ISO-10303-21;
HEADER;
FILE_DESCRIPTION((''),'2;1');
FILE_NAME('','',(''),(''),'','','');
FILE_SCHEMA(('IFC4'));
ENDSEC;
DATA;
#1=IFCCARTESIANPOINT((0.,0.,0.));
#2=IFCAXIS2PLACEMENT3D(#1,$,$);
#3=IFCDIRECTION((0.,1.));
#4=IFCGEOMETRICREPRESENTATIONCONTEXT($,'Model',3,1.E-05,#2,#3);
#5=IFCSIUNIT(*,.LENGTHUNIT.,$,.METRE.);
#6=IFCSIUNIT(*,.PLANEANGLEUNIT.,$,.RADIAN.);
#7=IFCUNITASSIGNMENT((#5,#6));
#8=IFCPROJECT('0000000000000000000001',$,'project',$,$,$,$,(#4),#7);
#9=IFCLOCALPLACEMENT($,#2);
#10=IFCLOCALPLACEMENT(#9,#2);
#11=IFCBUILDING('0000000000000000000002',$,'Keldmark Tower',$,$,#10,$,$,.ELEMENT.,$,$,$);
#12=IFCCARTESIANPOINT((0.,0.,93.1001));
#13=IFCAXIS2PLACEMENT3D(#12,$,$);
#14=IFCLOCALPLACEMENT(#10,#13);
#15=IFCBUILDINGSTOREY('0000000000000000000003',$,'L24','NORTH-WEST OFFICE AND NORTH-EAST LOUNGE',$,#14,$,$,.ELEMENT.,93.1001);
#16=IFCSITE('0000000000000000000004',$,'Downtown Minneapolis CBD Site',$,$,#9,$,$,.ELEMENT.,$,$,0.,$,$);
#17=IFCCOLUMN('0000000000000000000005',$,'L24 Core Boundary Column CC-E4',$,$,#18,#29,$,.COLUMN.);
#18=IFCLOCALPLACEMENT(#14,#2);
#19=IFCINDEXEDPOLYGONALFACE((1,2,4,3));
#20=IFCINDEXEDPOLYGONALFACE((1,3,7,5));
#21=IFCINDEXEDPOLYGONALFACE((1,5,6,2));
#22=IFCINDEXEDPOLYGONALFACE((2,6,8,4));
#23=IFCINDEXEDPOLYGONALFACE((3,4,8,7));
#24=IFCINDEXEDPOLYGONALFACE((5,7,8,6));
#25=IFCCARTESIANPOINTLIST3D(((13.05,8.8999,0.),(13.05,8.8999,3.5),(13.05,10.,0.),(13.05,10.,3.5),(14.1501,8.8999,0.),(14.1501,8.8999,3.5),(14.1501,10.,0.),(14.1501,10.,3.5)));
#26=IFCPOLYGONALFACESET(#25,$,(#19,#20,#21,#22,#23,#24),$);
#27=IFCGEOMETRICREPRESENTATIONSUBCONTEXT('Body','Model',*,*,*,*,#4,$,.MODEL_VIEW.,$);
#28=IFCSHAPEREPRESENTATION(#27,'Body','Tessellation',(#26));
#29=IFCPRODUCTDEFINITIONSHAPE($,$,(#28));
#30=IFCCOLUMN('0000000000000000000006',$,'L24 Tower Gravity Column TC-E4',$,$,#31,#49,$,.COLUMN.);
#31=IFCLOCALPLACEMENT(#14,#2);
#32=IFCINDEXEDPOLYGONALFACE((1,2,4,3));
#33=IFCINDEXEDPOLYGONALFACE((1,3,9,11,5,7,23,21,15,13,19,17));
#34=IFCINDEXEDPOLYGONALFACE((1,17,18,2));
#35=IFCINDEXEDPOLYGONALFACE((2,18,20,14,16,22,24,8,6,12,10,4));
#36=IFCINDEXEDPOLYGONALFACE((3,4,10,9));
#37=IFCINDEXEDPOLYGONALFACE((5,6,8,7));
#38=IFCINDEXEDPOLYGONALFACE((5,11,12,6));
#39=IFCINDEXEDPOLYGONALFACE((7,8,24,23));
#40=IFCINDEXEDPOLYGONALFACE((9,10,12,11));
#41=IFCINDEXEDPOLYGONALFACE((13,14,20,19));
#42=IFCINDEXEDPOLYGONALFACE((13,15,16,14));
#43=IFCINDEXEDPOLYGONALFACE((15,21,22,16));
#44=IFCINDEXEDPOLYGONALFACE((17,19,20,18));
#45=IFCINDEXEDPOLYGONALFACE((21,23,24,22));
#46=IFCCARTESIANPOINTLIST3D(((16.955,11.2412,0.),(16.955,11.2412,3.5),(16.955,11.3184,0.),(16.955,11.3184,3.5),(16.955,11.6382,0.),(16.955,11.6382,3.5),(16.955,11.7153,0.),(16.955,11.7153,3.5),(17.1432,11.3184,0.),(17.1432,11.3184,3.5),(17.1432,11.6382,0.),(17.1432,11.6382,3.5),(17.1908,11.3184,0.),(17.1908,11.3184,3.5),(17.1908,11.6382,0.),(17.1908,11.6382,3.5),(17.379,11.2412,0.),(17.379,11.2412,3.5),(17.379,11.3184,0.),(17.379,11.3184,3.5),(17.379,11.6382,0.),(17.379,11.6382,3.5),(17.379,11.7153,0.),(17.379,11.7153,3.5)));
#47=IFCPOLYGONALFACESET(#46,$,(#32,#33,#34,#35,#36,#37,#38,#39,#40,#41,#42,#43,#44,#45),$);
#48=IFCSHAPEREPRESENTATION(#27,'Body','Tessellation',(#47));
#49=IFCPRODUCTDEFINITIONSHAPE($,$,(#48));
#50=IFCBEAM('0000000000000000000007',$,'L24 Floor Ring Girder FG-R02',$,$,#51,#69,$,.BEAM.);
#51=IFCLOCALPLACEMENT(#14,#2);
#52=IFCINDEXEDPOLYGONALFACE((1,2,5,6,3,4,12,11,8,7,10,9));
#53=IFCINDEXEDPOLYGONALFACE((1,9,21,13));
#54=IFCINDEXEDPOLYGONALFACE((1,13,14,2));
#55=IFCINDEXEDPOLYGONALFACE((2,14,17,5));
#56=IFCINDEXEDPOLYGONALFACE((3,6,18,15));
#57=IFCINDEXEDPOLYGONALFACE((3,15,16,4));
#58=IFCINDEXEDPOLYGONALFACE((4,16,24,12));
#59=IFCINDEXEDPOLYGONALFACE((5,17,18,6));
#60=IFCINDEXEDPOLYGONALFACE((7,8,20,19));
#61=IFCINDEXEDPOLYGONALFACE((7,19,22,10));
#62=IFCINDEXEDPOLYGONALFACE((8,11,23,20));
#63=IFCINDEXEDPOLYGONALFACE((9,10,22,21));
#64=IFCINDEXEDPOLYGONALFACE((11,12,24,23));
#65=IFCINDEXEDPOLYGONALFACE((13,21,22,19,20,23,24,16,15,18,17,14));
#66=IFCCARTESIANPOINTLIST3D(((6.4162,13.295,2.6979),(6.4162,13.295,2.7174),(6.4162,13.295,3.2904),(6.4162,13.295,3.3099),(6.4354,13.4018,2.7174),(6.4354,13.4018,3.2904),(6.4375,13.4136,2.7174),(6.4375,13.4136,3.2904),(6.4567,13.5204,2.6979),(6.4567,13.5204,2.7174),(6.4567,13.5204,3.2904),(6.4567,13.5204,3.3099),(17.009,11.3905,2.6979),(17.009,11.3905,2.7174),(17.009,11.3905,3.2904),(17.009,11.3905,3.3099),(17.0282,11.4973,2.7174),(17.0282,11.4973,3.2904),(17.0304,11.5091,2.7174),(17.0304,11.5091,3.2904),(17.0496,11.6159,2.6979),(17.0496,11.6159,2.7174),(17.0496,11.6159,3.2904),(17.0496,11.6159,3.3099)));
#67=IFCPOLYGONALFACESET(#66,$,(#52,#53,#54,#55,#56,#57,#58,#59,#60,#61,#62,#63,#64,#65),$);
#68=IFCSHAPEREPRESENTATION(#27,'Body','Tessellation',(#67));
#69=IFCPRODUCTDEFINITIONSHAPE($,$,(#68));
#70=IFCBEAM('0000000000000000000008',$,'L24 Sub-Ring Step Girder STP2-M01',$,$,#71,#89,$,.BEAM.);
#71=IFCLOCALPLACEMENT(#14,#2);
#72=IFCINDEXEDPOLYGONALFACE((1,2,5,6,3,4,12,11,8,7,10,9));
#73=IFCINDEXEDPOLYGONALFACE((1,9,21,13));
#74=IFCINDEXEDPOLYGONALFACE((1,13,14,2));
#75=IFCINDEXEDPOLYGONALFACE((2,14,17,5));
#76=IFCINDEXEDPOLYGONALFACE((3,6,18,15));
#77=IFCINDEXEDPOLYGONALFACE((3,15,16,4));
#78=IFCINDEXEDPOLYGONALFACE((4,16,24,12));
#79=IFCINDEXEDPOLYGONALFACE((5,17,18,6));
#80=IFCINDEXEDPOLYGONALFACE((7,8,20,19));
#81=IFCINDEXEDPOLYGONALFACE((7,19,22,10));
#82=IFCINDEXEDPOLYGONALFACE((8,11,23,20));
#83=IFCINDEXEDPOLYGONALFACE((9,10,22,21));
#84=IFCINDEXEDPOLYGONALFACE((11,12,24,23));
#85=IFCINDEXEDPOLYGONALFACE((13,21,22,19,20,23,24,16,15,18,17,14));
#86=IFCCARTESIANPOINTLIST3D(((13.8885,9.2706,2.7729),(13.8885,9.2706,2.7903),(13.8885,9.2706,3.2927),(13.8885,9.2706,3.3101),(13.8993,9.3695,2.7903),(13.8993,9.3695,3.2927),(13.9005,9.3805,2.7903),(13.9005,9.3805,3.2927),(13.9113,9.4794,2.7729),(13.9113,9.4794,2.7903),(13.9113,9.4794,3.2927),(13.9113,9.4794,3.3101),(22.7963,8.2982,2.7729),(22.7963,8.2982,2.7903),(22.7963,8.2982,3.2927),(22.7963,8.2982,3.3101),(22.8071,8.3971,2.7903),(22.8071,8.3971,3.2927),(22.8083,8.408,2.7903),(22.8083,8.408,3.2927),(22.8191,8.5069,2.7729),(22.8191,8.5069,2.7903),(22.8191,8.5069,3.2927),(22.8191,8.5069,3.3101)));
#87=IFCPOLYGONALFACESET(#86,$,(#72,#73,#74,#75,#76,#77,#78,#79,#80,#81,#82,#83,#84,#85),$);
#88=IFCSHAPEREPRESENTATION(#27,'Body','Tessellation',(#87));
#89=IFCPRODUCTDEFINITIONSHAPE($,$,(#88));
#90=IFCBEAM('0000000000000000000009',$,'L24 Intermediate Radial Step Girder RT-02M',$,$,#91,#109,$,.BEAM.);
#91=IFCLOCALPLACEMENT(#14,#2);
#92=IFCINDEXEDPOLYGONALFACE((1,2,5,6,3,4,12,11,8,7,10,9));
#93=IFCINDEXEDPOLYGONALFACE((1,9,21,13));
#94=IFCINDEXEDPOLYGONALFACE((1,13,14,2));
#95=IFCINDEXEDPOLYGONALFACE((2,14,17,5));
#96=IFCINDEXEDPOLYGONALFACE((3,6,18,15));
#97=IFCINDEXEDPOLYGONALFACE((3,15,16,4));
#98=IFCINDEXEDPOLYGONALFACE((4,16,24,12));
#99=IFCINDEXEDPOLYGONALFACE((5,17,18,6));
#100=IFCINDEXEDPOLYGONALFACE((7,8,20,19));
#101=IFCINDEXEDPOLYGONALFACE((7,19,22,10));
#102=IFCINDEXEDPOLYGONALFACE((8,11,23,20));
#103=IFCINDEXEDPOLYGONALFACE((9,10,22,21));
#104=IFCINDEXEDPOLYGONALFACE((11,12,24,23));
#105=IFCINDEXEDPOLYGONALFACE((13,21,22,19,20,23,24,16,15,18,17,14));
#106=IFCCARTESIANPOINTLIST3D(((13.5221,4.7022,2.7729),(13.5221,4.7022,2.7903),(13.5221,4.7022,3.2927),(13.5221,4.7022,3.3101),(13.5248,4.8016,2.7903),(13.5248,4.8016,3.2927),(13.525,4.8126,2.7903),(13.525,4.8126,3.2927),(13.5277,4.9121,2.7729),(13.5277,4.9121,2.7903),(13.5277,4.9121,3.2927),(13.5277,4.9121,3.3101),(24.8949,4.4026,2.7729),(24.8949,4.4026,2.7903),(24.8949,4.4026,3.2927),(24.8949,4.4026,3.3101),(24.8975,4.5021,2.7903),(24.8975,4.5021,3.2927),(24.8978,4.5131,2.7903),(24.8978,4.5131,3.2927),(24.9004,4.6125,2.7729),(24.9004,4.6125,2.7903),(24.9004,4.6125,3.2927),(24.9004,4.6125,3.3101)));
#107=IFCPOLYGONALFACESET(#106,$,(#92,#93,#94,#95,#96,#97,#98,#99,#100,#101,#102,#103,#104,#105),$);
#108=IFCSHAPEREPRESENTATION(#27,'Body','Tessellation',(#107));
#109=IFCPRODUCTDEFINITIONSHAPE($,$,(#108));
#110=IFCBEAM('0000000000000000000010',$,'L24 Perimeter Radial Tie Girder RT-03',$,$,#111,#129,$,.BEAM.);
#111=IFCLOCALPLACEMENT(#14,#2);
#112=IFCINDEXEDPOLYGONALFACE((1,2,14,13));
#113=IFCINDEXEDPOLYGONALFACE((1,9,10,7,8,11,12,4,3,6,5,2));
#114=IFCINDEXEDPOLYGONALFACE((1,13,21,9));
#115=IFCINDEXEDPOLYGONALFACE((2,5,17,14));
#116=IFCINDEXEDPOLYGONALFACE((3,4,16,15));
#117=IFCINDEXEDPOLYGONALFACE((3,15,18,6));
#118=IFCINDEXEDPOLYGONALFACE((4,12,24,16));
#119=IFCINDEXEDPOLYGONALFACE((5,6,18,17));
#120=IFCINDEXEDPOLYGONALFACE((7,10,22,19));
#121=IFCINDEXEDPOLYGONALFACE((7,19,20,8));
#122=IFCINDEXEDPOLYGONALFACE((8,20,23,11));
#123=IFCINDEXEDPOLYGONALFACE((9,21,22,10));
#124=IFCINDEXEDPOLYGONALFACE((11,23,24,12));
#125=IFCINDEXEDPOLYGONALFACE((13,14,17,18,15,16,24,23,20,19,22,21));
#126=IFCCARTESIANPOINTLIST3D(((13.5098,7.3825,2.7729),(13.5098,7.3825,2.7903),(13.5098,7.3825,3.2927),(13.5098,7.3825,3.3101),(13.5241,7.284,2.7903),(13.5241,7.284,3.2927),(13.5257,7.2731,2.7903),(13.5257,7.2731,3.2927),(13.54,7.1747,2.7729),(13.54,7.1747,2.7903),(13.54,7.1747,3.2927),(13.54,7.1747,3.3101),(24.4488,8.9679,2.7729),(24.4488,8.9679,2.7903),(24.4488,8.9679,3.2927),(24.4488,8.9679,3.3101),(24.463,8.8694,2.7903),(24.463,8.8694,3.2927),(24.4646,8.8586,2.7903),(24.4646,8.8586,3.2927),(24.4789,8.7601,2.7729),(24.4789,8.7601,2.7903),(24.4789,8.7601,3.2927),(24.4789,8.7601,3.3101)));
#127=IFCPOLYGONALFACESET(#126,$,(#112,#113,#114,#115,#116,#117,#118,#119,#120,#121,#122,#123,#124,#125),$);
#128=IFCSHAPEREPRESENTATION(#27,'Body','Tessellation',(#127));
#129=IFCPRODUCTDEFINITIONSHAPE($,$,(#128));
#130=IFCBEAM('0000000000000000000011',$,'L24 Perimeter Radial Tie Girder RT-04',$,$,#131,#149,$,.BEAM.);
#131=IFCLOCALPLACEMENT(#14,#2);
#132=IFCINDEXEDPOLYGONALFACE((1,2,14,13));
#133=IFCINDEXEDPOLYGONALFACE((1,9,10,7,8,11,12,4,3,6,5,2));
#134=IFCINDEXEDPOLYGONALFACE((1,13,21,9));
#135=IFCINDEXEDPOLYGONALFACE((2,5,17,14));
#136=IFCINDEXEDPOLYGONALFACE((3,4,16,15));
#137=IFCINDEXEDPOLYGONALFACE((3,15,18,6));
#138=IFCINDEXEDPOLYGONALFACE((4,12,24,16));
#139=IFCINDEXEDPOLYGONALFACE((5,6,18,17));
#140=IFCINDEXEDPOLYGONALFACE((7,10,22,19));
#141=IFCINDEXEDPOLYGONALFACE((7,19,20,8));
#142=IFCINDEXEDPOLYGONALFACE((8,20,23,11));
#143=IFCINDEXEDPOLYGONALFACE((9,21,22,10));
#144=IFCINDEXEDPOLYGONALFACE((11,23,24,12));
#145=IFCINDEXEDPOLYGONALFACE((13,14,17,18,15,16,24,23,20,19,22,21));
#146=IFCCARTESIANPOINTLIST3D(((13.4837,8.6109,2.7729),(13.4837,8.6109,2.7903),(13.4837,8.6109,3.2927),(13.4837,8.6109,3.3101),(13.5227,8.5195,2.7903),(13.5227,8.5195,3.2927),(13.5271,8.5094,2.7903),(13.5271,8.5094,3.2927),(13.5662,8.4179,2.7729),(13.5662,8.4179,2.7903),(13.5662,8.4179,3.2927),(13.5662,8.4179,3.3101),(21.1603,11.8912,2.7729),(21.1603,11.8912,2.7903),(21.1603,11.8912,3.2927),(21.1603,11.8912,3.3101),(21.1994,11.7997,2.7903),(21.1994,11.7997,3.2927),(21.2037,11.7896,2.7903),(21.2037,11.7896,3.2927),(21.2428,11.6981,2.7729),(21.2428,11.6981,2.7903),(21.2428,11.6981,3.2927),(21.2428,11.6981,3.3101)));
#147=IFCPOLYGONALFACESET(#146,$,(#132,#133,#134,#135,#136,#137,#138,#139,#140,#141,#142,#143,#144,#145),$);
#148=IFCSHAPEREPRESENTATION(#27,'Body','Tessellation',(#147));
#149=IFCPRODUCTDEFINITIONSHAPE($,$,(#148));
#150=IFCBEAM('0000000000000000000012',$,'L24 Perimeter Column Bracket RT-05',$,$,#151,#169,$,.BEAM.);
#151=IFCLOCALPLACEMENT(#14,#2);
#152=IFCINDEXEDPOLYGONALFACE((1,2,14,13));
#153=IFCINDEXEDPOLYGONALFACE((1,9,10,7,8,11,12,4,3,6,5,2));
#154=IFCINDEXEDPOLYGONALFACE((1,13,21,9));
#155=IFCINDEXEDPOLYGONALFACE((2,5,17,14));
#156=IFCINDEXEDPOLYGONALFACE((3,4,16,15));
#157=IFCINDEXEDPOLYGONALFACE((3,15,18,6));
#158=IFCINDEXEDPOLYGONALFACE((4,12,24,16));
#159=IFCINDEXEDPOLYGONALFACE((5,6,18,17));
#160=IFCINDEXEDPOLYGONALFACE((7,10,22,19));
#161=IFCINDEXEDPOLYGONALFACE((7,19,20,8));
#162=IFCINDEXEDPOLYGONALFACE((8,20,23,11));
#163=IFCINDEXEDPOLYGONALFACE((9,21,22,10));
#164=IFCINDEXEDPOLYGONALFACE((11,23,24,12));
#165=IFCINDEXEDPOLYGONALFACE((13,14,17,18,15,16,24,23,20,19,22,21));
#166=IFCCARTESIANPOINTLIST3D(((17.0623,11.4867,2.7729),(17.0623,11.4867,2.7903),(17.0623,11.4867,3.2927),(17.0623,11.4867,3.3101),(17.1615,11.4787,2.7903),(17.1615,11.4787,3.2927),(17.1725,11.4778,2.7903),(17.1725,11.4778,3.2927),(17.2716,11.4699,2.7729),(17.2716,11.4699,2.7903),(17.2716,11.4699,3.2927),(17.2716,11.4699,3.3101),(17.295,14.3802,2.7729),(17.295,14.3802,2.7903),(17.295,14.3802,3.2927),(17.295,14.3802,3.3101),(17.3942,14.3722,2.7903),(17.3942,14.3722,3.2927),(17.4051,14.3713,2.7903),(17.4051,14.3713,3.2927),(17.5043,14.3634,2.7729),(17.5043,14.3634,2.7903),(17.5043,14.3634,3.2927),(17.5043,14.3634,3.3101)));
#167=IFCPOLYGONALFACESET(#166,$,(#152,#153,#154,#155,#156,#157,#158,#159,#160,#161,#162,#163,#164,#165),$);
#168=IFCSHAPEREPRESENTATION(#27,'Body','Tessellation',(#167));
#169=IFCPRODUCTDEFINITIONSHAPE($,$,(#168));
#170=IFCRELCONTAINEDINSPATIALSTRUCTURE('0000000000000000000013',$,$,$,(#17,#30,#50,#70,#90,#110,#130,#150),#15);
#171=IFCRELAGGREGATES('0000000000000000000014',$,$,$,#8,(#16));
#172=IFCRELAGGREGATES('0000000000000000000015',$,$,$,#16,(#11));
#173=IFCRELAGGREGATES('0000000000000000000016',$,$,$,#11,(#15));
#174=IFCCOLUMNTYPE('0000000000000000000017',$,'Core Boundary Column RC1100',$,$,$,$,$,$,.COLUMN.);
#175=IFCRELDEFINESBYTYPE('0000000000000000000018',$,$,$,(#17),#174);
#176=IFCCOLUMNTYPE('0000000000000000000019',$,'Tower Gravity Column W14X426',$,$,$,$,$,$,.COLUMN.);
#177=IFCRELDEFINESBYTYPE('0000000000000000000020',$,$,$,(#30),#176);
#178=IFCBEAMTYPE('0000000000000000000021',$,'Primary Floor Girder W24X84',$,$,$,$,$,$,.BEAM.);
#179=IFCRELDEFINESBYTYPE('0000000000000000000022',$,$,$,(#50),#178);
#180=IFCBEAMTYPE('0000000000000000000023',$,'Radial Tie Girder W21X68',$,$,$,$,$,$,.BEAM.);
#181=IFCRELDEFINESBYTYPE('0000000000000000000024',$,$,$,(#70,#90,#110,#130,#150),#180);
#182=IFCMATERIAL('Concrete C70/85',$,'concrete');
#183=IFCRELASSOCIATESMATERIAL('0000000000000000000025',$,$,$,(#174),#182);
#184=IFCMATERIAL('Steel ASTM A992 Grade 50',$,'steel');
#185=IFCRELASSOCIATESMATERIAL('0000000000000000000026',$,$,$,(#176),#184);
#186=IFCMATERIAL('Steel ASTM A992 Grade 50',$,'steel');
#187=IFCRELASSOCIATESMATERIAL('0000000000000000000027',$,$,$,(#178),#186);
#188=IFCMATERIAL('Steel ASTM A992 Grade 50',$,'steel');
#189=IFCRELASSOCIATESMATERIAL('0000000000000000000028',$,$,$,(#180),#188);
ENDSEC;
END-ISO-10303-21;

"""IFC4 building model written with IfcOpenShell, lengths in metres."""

from ifc_helpers import new_model, si_unit, direction, frame, origin, origin_2d, place, context, subcontext, project, spatial, rectangle, i_section, extrude, material, material_profile, profile_set, type_object, element, save


model = new_model("IFC4")

# Units and contexts
model_context = context("Model", 3, precision=1e-05, world=origin(), true_north=direction((0.0, 1.0)))
body_context = subcontext(model_context, "Body", "Model", "MODEL_VIEW")
ifc_project = project(units=[si_unit("LENGTHUNIT", "METRE"), si_unit("PLANEANGLEUNIT", "RADIAN")], contexts=[model_context])

# Site, building, storey
site_placement = place(None, origin())
site = spatial("IfcSite", under=ifc_project, at=site_placement, Name="Downtown Minneapolis CBD Site", CompositionType="ELEMENT", RefElevation=0.0)
building_placement = place(site_placement, origin())
building = spatial("IfcBuilding", under=site, at=building_placement, Name="Keldmark Tower", CompositionType="ELEMENT")
storey_placement = place(building_placement, frame((0.0, 0.0, 93.1001)))
storey = spatial("IfcBuildingStorey", under=building, at=storey_placement, Name="L24", Description="NORTH-WEST OFFICE AND NORTH-EAST LOUNGE", CompositionType="ELEMENT", Elevation=93.1001)

# Columns
ifc_material_1 = material(Name="Concrete C70/85", Category="concrete")
ifc_material_profile_1 = material_profile(ifc_material_1, rectangle(XDim=1.1001, YDim=1.1001, at=origin_2d()), Name="RC1100X1100")
ifc_profile_set_1 = profile_set([ifc_material_profile_1], Name="Concrete C70/85")
column_type_1 = type_object("IfcColumnType", Name="Core Boundary Column RC1100", PredefinedType="COLUMN", material=ifc_profile_set_1)
column_1_placement = place(storey_placement, frame((13.6001, 9.45, 0.0), z_axis=(0.0, 0.0, 1.0), x_axis=(1.0, 0.0, 0.0)))
element("IfcColumn", 1, at=column_1_placement, inside=storey, type_object=column_type_1, Name="L24 Core Boundary Column CC-E4", PredefinedType="COLUMN", context=body_context, shape_type="SweptSolid", body=[
    extrude(rectangle(XDim=1.1001, YDim=1.1001, at=origin_2d()), origin(), (0.0, 0.0, 1.0), 3.5),
])
ifc_material_2 = material(Name="Steel ASTM A992 Grade 50", Category="steel")
ifc_material_profile_2 = material_profile(ifc_material_2, i_section(OverallWidth=0.4241, OverallDepth=0.4741, WebThickness=0.0476, FlangeThickness=0.0771, at=origin_2d()), Name="W14X426")
ifc_profile_set_2 = profile_set([ifc_material_profile_2], Name="Steel ASTM A992 Grade 50")
column_type_2 = type_object("IfcColumnType", Name="Tower Gravity Column W14X426", PredefinedType="COLUMN", material=ifc_profile_set_2)
column_2_placement = place(storey_placement, frame((17.167, 11.4783, 0.0), z_axis=(0.0, 0.0, 1.0), x_axis=(1.0, 0.0, 0.0)))
element("IfcColumn", 2, at=column_2_placement, inside=storey, type_object=column_type_2, Name="L24 Tower Gravity Column TC-E4", PredefinedType="COLUMN", context=body_context, shape_type="SweptSolid", body=[
    extrude(i_section(OverallWidth=0.4241, OverallDepth=0.4741, WebThickness=0.0476, FlangeThickness=0.0771, at=origin_2d()), origin(), (0.0, 0.0, 1.0), 3.5),
])

# Beams
ifc_material_3 = material(Name="Steel ASTM A992 Grade 50", Category="steel")
ifc_material_profile_3 = material_profile(ifc_material_3, i_section(OverallWidth=0.229, OverallDepth=0.6121, WebThickness=0.012, FlangeThickness=0.0195, at=origin_2d()), Name="W24X84")
ifc_profile_set_3 = profile_set([ifc_material_profile_3], Name="Steel ASTM A992 Grade 50")
beam_type_1 = type_object("IfcBeamType", Name="Primary Floor Girder W24X84", PredefinedType="BEAM", material=ifc_profile_set_3)
beam_1_placement = place(storey_placement, frame((17.0293, 11.5032, 3.0039), z_axis=(-0.984218, 0.176959, 0.0), x_axis=(-0.176959, -0.984218, 0.0)))
element("IfcBeam", 3, at=beam_1_placement, inside=storey, type_object=beam_type_1, Name="L24 Floor Ring Girder FG-R02", PredefinedType="BEAM", context=body_context, shape_type="SweptSolid", body=[
    extrude(i_section(OverallWidth=0.229, OverallDepth=0.6121, WebThickness=0.012, FlangeThickness=0.0195, at=origin_2d()), origin(), (0.0, 0.0, 1.0), 10.7627),
])
ifc_material_4 = material(Name="Steel ASTM A992 Grade 50", Category="steel")
ifc_material_profile_4 = material_profile(ifc_material_4, i_section(OverallWidth=0.21, OverallDepth=0.5371, WebThickness=0.011, FlangeThickness=0.0173, at=origin_2d()), Name="W21X68")
ifc_profile_set_4 = profile_set([ifc_material_profile_4], Name="Steel ASTM A992 Grade 50")
beam_type_2 = type_object("IfcBeamType", Name="Radial Tie Girder W21X68", PredefinedType="BEAM", material=ifc_profile_set_4)
beam_2_placement = place(storey_placement, frame((13.8999, 9.375, 3.0415), z_axis=(0.994094, -0.10852, 0.0), x_axis=(0.10852, 0.994094, 0.0)))
element("IfcBeam", 4, at=beam_2_placement, inside=storey, type_object=beam_type_2, Name="L24 Sub-Ring Step Girder STP2-M01", PredefinedType="BEAM", context=body_context, shape_type="SweptSolid", body=[
    extrude(i_section(OverallWidth=0.21, OverallDepth=0.5371, WebThickness=0.011, FlangeThickness=0.0173, at=origin_2d()), origin(), (0.0, 0.0, 1.0), 8.9607),
])
beam_3_placement = place(storey_placement, frame((13.5249, 4.8071, 3.0415), z_axis=(0.999653, -0.026331, 0.0), x_axis=(0.026331, 0.999653, 0.0)))
element("IfcBeam", 5, at=beam_3_placement, inside=storey, type_object=beam_type_2, Name="L24 Intermediate Radial Step Girder RT-02M", PredefinedType="BEAM", context=body_context, shape_type="SweptSolid", body=[
    extrude(i_section(OverallWidth=0.21, OverallDepth=0.5371, WebThickness=0.011, FlangeThickness=0.0173, at=origin_2d()), origin(), (0.0, 0.0, 1.0), 11.3767),
])
beam_4_placement = place(storey_placement, frame((13.5249, 7.2786, 3.0415), z_axis=(0.989659, 0.143437, 0.0), x_axis=(-0.143437, 0.989659, 0.0)))
element("IfcBeam", 6, at=beam_4_placement, inside=storey, type_object=beam_type_2, Name="L24 Perimeter Radial Tie Girder RT-03", PredefinedType="BEAM", context=body_context, shape_type="SweptSolid", body=[
    extrude(i_section(OverallWidth=0.21, OverallDepth=0.5371, WebThickness=0.011, FlangeThickness=0.0173, at=origin_2d()), origin(), (0.0, 0.0, 1.0), 11.0532),
])
beam_5_placement = place(storey_placement, frame((13.5249, 8.5144, 3.0415), z_axis=(0.919568, 0.392931, 0.0), x_axis=(-0.392931, 0.919568, 0.0)))
element("IfcBeam", 7, at=beam_5_placement, inside=storey, type_object=beam_type_2, Name="L24 Perimeter Radial Tie Girder RT-04", PredefinedType="BEAM", context=body_context, shape_type="SweptSolid", body=[
    extrude(i_section(OverallWidth=0.21, OverallDepth=0.5371, WebThickness=0.011, FlangeThickness=0.0173, at=origin_2d()), origin(), (0.0, 0.0, 1.0), 8.3481),
])
beam_6_placement = place(storey_placement, frame((17.167, 11.4783, 3.0415), z_axis=(0.08015, 0.996783, 0.0), x_axis=(-0.996783, 0.08015, 0.0)))
element("IfcBeam", 8, at=beam_6_placement, inside=storey, type_object=beam_type_2, Name="L24 Perimeter Column Bracket RT-05", PredefinedType="BEAM", context=body_context, shape_type="SweptSolid", body=[
    extrude(i_section(OverallWidth=0.21, OverallDepth=0.5371, WebThickness=0.011, FlangeThickness=0.0173, at=origin_2d()), origin(), (0.0, 0.0, 1.0), 2.9028),
])

save(model, "model.ifc")
